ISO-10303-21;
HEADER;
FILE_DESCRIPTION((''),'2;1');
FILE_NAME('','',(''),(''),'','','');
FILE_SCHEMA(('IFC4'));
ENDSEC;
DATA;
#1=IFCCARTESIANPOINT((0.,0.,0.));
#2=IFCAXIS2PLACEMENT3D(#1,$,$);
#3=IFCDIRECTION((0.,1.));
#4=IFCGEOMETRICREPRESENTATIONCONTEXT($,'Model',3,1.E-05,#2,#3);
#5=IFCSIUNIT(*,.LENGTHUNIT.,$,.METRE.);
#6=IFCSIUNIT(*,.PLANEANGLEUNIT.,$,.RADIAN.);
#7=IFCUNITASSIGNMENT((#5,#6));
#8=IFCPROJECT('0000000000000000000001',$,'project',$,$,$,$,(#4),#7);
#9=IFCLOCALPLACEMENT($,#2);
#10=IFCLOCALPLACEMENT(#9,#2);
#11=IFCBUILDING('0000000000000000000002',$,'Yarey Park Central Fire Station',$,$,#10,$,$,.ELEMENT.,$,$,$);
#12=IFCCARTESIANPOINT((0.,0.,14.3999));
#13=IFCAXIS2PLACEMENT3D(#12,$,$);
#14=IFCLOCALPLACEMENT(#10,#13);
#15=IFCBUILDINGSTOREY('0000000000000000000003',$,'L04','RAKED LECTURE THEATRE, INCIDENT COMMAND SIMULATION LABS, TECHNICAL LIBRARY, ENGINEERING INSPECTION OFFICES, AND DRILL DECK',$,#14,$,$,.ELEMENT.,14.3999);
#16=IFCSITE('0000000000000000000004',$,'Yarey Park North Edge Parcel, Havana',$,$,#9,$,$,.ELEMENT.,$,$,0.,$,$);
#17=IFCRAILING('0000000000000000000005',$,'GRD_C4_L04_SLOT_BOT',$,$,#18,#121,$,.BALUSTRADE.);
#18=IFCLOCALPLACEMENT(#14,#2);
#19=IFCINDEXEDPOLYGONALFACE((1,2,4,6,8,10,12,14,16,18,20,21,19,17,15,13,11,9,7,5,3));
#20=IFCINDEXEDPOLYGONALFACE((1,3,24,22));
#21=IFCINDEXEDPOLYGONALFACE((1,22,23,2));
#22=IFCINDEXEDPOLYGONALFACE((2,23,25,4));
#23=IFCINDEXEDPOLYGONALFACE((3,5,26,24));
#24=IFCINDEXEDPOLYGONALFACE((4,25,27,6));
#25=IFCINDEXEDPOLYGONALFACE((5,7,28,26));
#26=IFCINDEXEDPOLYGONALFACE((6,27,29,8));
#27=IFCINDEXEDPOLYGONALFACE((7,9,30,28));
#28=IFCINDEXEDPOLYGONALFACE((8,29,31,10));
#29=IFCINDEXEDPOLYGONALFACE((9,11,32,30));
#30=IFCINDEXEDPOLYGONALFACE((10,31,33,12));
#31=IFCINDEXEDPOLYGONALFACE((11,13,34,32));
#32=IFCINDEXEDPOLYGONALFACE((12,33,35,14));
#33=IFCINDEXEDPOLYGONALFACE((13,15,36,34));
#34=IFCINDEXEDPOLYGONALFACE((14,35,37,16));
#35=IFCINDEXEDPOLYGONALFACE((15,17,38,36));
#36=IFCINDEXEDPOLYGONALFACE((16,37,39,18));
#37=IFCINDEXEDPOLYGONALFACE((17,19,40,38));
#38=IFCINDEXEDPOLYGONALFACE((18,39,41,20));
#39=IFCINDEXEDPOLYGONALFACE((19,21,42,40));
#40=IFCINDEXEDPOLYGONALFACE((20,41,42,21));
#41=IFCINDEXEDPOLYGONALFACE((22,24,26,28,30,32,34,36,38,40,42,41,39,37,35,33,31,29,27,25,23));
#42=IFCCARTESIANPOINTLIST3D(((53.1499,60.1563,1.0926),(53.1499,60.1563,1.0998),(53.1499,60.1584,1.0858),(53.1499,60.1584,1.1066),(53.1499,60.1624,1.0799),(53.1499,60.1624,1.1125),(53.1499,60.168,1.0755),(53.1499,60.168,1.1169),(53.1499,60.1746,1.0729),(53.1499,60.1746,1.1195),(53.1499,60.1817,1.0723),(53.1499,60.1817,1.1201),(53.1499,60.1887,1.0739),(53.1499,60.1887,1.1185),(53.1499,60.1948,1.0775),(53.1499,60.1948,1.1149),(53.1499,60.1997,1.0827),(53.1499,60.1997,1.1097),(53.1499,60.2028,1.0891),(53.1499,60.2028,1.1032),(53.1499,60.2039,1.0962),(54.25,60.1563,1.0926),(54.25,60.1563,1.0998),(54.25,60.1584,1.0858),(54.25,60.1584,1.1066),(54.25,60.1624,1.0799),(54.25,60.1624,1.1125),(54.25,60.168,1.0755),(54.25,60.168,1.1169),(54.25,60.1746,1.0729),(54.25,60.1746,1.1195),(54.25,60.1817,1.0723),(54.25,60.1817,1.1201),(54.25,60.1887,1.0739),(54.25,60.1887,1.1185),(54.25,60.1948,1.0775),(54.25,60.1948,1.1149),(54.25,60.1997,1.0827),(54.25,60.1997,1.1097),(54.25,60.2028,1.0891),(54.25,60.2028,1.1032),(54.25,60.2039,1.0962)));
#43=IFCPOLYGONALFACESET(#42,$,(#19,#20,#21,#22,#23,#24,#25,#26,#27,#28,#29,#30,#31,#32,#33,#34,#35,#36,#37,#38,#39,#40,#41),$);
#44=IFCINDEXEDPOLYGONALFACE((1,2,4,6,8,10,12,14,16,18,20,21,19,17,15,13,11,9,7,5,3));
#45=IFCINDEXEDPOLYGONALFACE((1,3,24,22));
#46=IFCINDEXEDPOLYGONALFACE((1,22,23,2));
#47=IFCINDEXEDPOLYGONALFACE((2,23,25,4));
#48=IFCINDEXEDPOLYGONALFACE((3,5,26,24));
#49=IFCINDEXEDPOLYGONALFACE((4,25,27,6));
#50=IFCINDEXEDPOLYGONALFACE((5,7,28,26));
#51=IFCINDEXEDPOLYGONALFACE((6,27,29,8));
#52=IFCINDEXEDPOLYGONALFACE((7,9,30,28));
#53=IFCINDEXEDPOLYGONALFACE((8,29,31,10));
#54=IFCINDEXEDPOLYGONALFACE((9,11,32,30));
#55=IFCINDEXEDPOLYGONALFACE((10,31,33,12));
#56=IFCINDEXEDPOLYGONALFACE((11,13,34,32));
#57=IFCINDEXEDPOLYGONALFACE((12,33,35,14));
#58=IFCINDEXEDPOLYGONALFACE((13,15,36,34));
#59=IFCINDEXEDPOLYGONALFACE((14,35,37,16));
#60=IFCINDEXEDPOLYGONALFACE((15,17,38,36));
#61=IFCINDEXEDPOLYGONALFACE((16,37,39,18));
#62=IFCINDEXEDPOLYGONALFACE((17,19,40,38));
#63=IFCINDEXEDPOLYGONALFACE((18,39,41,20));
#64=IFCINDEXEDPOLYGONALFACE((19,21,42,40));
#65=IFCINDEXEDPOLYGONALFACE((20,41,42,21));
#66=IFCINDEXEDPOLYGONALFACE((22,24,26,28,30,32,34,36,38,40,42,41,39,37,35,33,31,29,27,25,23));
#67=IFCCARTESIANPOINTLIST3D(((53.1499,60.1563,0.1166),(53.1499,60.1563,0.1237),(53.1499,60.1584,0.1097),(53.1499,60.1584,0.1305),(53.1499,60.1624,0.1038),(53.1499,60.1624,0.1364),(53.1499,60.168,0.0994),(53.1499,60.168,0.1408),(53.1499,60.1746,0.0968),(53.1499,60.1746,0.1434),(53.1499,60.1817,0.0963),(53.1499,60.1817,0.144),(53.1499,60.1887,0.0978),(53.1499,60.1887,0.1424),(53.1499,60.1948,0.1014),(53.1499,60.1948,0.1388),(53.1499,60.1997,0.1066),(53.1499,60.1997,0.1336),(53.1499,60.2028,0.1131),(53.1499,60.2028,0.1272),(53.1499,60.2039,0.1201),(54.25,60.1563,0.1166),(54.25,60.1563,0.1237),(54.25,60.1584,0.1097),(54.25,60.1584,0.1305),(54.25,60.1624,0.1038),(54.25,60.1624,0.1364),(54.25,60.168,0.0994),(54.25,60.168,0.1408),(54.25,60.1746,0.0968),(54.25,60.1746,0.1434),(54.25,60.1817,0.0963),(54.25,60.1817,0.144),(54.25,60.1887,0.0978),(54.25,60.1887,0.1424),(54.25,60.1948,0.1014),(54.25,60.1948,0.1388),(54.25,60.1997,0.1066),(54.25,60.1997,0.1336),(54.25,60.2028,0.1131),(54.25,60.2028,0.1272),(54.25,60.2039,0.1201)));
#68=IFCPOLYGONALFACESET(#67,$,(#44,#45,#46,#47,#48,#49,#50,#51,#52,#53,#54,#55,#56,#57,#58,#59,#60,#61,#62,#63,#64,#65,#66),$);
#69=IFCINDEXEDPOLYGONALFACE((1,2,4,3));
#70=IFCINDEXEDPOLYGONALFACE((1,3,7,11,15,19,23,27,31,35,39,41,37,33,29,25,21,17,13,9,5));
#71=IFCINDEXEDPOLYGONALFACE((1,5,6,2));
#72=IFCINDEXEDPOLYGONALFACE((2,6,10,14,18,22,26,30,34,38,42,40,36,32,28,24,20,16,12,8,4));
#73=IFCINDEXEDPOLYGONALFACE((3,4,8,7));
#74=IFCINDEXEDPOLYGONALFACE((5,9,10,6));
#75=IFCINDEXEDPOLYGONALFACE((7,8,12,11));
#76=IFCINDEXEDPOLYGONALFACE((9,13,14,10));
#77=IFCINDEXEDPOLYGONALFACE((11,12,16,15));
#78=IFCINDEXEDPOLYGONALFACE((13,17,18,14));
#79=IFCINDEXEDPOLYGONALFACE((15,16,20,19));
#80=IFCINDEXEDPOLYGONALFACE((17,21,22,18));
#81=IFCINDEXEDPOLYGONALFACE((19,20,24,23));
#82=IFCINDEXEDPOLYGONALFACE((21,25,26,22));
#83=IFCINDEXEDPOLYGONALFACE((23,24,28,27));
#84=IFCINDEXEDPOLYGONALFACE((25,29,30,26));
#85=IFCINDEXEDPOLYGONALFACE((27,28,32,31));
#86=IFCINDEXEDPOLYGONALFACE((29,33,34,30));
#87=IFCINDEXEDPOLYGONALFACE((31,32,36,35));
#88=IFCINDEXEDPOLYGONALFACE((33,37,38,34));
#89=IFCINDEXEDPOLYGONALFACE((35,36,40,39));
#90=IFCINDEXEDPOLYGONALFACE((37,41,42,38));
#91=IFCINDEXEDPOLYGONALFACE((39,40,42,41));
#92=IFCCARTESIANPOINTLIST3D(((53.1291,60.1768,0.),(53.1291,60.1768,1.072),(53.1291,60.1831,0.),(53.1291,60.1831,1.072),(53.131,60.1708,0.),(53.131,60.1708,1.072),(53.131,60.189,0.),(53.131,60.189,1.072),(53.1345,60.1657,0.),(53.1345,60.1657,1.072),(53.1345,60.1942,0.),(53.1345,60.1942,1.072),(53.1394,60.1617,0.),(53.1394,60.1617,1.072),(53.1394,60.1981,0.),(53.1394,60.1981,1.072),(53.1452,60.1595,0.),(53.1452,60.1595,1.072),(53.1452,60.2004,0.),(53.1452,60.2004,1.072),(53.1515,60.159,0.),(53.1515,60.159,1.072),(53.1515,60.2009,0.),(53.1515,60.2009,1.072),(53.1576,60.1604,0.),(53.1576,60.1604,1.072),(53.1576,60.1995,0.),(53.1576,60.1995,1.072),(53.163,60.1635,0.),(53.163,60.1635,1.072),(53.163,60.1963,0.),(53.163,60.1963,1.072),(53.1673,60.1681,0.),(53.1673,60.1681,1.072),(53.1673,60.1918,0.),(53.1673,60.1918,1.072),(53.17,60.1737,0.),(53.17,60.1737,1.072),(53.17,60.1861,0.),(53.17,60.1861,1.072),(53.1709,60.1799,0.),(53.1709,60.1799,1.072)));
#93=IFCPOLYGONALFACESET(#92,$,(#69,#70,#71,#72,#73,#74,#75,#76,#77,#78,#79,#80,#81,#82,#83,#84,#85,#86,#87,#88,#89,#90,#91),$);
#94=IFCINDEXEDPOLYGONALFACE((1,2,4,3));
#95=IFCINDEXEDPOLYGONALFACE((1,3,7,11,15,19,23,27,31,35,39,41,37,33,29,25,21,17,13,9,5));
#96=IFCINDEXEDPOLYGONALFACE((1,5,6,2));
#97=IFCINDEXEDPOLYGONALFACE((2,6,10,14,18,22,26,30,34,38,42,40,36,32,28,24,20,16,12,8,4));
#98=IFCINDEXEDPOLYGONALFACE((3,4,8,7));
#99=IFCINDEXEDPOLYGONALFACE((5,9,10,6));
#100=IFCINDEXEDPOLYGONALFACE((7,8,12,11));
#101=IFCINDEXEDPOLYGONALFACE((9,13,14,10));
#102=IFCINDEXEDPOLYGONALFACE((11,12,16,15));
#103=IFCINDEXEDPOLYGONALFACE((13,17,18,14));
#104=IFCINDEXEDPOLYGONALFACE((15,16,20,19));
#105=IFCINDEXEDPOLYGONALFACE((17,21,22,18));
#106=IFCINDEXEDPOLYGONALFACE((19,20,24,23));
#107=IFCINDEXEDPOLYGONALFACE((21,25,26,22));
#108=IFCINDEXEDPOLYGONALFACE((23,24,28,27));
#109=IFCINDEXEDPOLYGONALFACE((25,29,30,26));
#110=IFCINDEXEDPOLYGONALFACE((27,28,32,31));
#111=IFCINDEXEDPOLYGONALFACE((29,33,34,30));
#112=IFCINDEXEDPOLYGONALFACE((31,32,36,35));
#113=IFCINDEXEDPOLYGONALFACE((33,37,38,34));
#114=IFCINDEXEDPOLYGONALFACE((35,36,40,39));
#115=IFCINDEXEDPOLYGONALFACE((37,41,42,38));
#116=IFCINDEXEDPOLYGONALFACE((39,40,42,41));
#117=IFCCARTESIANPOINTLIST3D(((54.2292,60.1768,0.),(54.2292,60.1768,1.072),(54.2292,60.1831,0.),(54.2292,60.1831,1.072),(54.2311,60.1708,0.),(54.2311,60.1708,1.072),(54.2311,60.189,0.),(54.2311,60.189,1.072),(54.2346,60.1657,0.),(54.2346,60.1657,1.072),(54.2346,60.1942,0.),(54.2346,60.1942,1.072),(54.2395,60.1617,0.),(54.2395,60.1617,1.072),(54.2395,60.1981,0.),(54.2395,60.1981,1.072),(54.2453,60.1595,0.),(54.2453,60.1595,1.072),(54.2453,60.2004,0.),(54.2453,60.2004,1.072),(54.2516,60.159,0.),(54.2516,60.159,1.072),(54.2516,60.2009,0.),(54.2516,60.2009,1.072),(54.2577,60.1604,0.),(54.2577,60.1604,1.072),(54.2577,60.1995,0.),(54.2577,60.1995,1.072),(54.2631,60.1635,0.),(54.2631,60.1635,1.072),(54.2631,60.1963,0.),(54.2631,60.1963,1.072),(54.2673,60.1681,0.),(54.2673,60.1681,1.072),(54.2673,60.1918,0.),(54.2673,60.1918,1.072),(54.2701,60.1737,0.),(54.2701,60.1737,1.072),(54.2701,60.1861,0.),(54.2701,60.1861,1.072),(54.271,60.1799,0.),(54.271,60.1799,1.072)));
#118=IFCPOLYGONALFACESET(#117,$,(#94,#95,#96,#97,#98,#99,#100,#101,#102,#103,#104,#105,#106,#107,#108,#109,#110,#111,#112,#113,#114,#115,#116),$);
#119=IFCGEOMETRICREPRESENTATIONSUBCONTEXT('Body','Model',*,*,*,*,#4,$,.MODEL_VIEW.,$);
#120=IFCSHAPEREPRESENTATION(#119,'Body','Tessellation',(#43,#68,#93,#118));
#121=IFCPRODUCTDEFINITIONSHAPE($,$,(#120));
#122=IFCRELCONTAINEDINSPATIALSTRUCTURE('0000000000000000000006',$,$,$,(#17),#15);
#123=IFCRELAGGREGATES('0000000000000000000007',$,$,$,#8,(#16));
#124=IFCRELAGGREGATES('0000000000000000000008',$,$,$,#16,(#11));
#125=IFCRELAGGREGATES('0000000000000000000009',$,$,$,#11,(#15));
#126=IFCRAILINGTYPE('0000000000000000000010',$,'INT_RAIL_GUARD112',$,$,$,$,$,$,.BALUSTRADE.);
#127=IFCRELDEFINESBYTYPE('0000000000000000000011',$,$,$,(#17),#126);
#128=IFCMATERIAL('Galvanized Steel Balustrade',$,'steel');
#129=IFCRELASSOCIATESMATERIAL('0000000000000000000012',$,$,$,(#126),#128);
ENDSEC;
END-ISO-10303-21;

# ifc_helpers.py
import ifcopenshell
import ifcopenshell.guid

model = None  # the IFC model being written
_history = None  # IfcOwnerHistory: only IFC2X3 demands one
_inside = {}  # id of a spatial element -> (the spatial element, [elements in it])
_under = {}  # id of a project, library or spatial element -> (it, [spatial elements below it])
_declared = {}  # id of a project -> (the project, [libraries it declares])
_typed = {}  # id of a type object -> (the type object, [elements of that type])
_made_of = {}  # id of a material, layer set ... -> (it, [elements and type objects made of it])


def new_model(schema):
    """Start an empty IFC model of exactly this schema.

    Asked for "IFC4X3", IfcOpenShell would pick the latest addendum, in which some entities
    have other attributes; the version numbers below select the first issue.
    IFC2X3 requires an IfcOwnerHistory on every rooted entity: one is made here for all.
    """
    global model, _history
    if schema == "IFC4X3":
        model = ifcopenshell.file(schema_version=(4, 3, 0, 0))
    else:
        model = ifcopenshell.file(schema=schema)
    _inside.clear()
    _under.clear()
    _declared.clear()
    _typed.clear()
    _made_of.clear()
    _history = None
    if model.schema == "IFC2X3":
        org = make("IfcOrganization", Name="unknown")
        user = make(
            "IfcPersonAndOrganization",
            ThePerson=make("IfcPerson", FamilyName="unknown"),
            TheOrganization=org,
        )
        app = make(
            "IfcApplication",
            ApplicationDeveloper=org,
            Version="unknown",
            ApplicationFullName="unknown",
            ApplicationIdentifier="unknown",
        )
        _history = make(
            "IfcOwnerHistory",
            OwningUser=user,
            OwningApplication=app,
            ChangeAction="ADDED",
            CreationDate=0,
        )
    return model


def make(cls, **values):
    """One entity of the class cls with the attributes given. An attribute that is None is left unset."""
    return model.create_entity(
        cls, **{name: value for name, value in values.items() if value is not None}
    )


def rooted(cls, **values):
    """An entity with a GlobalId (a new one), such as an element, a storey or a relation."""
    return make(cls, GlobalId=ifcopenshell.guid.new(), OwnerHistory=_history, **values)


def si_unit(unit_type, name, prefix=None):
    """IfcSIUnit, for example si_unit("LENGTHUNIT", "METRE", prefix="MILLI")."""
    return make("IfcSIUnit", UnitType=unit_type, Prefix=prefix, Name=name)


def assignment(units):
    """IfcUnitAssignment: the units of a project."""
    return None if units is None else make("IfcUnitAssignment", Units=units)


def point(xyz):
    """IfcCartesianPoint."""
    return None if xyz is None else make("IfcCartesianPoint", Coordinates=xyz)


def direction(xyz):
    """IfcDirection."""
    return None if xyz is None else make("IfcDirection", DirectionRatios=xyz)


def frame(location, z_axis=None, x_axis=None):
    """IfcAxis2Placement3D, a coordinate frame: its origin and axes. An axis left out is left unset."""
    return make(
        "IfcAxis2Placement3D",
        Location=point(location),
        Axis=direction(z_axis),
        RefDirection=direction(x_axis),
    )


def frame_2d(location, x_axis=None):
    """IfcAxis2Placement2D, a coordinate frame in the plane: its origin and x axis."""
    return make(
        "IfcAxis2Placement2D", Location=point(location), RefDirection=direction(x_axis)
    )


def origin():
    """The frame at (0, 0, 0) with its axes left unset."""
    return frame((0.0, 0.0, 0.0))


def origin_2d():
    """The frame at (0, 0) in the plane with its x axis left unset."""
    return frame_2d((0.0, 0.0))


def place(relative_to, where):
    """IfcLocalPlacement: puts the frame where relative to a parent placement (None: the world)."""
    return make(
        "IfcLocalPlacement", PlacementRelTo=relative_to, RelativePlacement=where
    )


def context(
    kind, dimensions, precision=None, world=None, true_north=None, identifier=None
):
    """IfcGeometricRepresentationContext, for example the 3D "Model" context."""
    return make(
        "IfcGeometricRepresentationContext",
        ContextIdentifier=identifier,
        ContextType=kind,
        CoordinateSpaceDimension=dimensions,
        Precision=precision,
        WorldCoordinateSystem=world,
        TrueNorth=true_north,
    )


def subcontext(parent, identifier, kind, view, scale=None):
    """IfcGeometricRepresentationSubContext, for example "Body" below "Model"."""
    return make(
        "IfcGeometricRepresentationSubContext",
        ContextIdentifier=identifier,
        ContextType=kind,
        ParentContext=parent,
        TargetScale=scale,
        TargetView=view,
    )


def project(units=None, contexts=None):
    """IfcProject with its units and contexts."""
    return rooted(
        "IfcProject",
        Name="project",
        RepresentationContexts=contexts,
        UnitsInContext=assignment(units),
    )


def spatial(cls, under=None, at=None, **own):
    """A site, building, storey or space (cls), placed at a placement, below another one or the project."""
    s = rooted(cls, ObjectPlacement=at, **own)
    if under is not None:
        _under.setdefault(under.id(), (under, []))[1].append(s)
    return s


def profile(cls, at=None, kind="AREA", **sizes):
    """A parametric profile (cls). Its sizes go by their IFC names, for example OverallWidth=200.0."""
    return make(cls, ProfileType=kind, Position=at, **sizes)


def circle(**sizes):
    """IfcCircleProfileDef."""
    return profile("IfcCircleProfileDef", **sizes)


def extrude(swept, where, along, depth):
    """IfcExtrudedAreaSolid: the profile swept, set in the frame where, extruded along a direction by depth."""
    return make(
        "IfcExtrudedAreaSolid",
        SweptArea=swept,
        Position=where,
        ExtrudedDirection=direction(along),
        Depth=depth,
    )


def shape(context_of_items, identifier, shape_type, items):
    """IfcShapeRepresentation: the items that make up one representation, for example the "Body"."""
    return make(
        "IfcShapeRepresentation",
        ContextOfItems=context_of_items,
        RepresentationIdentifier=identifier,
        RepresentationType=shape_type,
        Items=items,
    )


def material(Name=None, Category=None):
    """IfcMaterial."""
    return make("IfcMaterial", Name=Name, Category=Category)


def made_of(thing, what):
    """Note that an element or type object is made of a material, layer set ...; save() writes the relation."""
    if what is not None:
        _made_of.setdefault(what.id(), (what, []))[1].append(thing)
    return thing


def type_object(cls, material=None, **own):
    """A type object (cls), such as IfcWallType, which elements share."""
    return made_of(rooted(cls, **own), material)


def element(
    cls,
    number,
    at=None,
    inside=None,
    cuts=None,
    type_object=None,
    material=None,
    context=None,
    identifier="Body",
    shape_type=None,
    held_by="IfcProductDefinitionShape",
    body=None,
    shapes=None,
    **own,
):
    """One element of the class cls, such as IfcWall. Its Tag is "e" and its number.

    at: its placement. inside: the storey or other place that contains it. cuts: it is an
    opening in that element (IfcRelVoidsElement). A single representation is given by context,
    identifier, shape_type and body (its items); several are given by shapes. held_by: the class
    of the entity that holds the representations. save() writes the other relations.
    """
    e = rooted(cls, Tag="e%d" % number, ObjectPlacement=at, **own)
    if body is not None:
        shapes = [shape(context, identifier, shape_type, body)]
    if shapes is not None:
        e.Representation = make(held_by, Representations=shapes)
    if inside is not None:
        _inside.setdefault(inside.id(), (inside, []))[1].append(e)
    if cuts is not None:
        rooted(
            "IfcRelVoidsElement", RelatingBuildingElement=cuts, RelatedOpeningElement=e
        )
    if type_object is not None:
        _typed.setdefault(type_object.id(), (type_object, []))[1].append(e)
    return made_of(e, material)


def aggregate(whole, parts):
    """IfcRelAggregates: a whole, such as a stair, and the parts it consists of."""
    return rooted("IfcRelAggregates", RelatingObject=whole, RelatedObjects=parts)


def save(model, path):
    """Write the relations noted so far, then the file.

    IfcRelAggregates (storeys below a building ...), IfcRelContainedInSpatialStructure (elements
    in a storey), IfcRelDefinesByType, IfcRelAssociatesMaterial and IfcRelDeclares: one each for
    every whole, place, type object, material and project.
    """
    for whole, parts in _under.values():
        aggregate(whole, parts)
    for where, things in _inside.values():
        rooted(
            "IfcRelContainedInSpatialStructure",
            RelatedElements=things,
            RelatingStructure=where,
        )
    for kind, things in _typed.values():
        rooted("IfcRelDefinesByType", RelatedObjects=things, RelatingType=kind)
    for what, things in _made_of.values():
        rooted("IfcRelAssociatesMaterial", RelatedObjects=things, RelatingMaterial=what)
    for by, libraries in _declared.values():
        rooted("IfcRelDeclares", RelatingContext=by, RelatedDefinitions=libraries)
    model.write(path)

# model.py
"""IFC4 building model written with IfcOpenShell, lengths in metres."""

from ifc_helpers import new_model, si_unit, direction, frame, origin, origin_2d, place, context, subcontext, project, spatial, circle, extrude, material, type_object, element, save


model = new_model("IFC4")

# Units and contexts
model_context = context("Model", 3, precision=1e-05, world=origin(), true_north=direction((0.0, 1.0)))
body_context = subcontext(model_context, "Body", "Model", "MODEL_VIEW")
ifc_project = project(units=[si_unit("LENGTHUNIT", "METRE"), si_unit("PLANEANGLEUNIT", "RADIAN")], contexts=[model_context])

# Site, building, storey
site_placement = place(None, origin())
site = spatial("IfcSite", under=ifc_project, at=site_placement, Name="Yarey Park North Edge Parcel, Havana", CompositionType="ELEMENT", RefElevation=0.0)
building_placement = place(site_placement, origin())
building = spatial("IfcBuilding", under=site, at=building_placement, Name="Yarey Park Central Fire Station", CompositionType="ELEMENT")
storey_placement = place(building_placement, frame((0.0, 0.0, 14.3999)))
storey = spatial("IfcBuildingStorey", under=building, at=storey_placement, Name="L04", Description="RAKED LECTURE THEATRE, INCIDENT COMMAND SIMULATION LABS, TECHNICAL LIBRARY, ENGINEERING INSPECTION OFFICES, AND DRILL DECK", CompositionType="ELEMENT", Elevation=14.3999)

# Railing
ifc_material_1 = material(Name="Galvanized Steel Balustrade", Category="steel")
railing_type_1 = type_object("IfcRailingType", Name="INT_RAIL_GUARD112", PredefinedType="BALUSTRADE", material=ifc_material_1)
for number, where, name in (
    (1, (53.1499, 60.1799, 0.0), "GRD_C4_L04_SLOT_BOT"),
):
    element("IfcRailing", number, at=place(storey_placement, frame(where)), inside=storey, type_object=railing_type_1, Name=name, PredefinedType="BALUSTRADE", context=body_context, shape_type="SweptSolid", body=[
        extrude(circle(Radius=0.0239, at=origin_2d()), frame((0.0, 0.0, 1.0962), z_axis=(1.0, 0.0, 0.0), x_axis=(0.0, 1.0, 0.0)), (0.0, 0.0, 1.0), 1.1001),
        extrude(circle(Radius=0.0239, at=origin_2d()), frame((0.0, 0.0, 0.1201), z_axis=(1.0, 0.0, 0.0), x_axis=(0.0, 1.0, 0.0)), (0.0, 0.0, 1.0), 1.1001),
        extrude(circle(Radius=0.021, at=origin_2d()), origin(), (0.0, 0.0, 1.0), 1.072),
        extrude(circle(Radius=0.021, at=origin_2d()), frame((1.1001, 0.0, 0.0)), (0.0, 0.0, 1.0), 1.072),
    ])

save(model, "model.ifc")
